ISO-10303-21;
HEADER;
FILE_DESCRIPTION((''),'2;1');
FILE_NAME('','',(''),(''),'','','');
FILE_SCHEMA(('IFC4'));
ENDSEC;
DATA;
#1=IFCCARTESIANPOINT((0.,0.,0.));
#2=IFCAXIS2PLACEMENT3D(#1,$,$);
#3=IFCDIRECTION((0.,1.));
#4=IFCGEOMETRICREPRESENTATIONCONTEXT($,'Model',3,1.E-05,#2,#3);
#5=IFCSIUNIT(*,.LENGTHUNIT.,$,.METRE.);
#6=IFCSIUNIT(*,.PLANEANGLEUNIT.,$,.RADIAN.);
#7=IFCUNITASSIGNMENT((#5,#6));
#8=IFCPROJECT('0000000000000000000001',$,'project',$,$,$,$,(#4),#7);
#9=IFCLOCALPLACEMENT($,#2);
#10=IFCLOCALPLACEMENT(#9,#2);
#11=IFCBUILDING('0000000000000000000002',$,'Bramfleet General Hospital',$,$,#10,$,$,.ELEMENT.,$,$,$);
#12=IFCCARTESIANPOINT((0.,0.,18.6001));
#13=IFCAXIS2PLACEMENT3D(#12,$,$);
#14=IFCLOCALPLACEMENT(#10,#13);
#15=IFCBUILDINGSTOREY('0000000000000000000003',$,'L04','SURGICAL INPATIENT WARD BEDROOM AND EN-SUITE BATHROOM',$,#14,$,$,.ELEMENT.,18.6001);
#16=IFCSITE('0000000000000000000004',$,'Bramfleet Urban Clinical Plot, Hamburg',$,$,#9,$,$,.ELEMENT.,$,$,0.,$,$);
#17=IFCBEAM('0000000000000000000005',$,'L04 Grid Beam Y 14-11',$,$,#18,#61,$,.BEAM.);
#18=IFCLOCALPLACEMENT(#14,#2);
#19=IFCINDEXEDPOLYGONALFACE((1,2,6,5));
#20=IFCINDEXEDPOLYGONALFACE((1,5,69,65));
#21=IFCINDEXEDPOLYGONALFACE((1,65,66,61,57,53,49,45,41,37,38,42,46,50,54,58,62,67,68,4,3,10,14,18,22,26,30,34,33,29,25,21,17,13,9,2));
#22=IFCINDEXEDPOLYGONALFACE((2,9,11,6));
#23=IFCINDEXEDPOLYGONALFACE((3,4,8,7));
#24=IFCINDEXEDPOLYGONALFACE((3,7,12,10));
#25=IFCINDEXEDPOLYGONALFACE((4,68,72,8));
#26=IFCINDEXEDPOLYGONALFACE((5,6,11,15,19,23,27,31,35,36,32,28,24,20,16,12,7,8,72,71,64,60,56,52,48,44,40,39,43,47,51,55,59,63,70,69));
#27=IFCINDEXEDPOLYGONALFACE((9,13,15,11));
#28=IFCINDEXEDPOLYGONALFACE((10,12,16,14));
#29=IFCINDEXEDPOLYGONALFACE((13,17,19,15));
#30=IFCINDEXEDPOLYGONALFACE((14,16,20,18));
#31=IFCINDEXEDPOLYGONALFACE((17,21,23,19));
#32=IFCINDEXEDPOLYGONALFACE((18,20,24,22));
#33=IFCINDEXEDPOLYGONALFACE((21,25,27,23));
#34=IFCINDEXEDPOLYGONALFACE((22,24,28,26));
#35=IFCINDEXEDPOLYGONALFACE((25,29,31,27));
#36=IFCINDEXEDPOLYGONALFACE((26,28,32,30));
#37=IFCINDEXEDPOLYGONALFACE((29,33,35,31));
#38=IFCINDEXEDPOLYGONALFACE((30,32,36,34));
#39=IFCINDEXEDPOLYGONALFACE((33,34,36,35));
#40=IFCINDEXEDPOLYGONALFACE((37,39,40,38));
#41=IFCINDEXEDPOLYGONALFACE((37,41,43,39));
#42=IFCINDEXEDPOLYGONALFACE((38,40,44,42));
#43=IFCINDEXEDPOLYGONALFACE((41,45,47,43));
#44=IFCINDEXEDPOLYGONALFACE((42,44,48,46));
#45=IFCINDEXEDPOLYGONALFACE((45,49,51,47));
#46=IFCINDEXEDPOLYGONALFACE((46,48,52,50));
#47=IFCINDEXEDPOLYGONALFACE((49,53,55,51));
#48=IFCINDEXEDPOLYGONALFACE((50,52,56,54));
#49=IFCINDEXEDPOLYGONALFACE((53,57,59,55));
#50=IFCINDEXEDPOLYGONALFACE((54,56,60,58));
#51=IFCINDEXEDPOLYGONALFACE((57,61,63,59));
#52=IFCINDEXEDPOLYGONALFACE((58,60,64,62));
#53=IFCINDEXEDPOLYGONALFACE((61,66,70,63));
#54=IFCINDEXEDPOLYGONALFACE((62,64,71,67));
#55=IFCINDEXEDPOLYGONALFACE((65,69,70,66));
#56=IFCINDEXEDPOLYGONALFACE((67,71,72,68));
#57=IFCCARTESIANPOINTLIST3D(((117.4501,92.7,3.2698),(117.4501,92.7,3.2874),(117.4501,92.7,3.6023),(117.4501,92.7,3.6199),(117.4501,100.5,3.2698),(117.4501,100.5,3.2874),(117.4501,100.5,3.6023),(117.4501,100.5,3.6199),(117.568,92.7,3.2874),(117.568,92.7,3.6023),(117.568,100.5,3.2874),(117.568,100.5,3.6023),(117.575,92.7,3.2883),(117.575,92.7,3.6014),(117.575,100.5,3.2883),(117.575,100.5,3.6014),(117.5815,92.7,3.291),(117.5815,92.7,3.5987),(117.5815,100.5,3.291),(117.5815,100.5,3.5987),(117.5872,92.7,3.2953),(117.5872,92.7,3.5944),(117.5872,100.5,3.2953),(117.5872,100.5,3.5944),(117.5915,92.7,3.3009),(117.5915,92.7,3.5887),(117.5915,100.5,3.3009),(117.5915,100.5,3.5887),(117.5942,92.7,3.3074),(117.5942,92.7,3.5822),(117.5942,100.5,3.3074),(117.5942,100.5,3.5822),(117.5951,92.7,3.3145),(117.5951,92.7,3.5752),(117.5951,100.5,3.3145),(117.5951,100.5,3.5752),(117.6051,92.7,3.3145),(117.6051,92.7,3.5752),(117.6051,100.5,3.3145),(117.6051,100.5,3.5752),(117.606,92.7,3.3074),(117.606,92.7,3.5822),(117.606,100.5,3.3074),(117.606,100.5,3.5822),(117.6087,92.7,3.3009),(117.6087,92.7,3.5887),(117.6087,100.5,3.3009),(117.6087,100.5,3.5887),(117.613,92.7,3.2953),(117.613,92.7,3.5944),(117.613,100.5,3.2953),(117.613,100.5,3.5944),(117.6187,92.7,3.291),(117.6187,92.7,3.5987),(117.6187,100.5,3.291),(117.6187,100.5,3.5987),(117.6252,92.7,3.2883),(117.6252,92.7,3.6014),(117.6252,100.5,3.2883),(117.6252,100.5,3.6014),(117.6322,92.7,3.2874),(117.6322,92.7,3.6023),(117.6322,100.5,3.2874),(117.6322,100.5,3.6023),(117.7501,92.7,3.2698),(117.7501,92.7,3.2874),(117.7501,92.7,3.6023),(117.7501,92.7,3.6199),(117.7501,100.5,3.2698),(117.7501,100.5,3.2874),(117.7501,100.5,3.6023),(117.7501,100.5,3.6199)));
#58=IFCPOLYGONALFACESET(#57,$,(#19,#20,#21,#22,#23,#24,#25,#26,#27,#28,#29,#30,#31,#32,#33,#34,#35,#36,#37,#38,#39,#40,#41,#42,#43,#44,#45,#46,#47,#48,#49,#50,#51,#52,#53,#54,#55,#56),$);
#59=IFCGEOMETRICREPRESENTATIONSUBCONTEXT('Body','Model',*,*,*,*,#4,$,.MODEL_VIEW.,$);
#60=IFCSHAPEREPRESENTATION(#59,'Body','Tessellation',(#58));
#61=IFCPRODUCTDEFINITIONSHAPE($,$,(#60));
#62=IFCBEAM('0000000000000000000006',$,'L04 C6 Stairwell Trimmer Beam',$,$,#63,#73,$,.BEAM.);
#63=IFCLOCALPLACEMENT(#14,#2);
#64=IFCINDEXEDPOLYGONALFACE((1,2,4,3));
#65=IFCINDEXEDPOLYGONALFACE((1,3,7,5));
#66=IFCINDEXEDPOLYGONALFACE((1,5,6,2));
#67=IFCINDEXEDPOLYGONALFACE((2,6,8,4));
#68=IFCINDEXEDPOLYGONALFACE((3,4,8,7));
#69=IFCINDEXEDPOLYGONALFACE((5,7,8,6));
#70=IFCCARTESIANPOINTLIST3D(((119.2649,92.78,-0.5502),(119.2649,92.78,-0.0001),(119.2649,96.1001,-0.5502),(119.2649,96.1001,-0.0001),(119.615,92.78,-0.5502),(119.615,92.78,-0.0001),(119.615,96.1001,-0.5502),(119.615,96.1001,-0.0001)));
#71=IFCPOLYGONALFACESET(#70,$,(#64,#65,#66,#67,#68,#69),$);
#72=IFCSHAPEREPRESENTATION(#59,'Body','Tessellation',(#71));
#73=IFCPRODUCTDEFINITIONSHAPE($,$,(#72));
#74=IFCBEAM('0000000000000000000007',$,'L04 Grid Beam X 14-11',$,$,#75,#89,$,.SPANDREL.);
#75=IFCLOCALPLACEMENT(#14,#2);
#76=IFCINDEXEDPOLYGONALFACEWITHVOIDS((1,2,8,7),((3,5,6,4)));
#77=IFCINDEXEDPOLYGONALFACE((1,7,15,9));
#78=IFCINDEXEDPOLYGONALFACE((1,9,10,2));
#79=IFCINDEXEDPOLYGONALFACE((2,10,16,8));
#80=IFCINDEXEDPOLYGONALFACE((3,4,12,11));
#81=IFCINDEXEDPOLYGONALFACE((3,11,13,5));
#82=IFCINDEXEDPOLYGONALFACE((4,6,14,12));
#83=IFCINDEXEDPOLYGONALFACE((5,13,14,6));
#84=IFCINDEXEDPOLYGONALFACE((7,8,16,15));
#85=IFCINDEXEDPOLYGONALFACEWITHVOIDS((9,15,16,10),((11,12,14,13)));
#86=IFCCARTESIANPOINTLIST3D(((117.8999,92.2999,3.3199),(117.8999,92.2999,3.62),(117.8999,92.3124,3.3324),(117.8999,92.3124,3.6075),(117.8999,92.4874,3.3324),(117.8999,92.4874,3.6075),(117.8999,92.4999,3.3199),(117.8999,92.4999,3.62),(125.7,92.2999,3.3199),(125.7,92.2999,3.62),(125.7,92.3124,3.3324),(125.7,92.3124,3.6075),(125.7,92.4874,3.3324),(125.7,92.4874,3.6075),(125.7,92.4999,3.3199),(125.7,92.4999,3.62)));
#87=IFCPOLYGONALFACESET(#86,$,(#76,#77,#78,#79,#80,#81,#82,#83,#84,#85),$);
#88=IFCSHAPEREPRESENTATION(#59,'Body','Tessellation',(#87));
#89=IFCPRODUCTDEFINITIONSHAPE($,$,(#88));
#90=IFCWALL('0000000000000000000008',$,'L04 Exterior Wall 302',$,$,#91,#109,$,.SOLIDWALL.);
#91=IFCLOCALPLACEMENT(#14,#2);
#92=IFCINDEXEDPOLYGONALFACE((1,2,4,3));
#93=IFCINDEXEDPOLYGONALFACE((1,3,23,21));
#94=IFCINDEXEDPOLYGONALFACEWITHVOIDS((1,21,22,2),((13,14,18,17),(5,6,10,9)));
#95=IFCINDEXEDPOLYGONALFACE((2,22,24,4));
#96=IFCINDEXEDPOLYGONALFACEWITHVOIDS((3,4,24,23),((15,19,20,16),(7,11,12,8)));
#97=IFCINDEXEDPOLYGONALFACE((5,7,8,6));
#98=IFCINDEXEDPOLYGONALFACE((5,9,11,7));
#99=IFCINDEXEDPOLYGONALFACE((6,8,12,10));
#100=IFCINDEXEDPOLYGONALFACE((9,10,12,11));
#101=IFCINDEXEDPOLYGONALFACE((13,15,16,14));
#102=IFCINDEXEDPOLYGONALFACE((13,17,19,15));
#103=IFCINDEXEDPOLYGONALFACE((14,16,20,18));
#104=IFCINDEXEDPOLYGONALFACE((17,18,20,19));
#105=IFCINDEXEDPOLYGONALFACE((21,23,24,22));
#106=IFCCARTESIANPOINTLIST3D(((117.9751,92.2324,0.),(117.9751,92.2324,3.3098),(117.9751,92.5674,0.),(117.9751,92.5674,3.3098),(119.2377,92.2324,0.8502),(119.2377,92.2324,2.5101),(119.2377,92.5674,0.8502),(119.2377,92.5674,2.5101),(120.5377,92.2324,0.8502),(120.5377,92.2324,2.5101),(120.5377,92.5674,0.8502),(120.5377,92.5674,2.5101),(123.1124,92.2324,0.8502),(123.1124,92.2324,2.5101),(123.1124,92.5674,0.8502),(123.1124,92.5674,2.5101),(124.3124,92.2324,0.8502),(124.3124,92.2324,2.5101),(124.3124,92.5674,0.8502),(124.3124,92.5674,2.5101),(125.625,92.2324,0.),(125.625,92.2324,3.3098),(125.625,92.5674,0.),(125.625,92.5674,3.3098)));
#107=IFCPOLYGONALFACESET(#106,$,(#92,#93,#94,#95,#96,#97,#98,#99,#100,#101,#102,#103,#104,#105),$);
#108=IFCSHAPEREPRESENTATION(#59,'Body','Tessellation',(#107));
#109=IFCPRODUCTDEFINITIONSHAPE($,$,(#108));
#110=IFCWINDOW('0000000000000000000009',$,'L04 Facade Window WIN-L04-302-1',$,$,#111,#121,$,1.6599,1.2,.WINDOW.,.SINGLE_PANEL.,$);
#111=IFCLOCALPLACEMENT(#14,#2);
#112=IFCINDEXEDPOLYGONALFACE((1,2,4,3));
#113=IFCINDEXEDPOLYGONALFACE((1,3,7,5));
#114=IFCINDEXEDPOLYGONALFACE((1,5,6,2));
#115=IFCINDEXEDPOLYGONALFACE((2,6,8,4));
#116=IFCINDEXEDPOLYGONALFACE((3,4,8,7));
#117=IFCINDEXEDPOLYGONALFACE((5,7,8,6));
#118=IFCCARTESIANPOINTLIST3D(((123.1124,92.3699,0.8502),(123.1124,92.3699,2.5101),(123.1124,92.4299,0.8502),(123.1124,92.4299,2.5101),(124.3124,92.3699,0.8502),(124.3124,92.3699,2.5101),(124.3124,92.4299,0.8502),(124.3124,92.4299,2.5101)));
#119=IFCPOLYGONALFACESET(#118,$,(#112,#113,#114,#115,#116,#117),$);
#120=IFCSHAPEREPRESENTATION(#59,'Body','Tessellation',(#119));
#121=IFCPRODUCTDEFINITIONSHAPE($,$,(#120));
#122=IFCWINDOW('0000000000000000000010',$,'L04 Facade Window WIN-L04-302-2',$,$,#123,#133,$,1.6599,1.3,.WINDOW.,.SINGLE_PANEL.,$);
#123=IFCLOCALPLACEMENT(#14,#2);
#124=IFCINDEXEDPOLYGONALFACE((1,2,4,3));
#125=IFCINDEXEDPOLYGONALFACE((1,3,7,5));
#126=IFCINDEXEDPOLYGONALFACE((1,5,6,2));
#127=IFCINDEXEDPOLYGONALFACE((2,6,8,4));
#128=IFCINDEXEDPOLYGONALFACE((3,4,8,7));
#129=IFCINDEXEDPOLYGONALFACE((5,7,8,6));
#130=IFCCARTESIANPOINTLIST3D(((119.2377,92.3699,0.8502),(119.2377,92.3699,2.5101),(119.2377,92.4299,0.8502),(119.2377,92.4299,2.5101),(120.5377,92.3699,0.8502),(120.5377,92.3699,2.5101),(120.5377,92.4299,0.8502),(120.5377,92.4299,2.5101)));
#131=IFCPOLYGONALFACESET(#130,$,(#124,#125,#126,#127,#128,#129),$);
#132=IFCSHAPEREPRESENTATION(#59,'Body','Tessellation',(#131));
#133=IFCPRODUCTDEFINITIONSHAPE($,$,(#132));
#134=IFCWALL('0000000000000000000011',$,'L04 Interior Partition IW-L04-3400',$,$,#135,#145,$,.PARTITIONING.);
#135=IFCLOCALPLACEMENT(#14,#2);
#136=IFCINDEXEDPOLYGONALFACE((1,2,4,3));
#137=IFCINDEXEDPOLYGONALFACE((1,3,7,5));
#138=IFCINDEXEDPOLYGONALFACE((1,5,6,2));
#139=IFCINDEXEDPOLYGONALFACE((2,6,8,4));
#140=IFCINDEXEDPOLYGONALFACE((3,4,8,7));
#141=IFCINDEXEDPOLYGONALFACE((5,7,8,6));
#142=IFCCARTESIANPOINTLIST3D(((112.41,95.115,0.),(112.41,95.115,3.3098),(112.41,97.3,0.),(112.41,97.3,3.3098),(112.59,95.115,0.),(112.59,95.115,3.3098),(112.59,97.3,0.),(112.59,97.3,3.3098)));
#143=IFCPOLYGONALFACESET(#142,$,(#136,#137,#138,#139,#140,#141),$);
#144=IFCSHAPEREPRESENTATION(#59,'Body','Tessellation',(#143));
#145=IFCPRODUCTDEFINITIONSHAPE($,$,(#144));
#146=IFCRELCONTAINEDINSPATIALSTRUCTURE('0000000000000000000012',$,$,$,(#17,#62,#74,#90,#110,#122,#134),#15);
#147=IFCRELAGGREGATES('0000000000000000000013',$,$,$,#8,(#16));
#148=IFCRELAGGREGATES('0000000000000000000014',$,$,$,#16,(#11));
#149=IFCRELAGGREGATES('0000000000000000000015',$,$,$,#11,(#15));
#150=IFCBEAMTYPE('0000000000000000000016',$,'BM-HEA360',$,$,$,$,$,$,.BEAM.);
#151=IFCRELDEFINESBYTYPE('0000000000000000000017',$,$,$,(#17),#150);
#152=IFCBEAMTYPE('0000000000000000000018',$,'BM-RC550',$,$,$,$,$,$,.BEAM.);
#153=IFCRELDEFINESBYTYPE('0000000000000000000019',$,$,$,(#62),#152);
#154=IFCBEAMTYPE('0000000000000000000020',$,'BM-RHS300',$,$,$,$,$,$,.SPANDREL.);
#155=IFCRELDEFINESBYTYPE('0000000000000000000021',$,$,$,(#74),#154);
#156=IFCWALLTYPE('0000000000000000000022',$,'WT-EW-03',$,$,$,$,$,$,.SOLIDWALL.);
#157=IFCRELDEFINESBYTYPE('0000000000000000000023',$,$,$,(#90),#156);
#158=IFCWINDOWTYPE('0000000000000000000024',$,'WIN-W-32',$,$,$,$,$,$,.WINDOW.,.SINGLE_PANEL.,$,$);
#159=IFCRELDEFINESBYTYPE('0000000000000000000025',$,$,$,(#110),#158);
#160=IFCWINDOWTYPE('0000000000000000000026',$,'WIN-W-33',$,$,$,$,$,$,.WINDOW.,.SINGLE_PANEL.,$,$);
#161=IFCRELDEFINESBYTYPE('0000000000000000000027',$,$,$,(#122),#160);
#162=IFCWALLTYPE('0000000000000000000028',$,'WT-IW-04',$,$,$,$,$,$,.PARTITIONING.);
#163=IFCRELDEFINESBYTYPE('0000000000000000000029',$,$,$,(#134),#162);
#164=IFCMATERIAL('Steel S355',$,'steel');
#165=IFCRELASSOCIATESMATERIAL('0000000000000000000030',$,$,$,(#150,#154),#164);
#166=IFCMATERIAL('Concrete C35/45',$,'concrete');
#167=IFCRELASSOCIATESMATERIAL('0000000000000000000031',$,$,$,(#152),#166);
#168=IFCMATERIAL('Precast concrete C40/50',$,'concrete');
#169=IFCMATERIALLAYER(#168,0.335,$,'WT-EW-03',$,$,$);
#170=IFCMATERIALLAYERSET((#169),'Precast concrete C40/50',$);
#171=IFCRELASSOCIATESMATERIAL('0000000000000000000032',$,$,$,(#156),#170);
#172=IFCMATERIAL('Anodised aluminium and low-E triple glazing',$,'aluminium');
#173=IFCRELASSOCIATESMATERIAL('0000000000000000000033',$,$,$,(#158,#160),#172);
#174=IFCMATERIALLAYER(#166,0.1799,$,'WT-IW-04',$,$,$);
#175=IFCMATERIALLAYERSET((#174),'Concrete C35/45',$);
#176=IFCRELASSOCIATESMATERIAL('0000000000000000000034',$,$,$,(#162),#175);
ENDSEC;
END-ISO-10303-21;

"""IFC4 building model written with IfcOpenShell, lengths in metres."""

from ifc_helpers import new_model, si_unit, direction, frame, frame_2d, origin, origin_2d, place, context, subcontext, project, spatial, rectangle, hollow_rectangle, i_section, extrude, material, layer, layer_set, material_profile, profile_set, type_object, element, fill, save


model = new_model("IFC4")

# Units and contexts
model_context = context("Model", 3, precision=1e-05, world=origin(), true_north=direction((0.0, 1.0)))
body_context = subcontext(model_context, "Body", "Model", "MODEL_VIEW")
ifc_project = project(units=[si_unit("LENGTHUNIT", "METRE"), si_unit("PLANEANGLEUNIT", "RADIAN")], contexts=[model_context])

# Site, building, storey
site_placement = place(None, origin())
site = spatial("IfcSite", under=ifc_project, at=site_placement, Name="Bramfleet Urban Clinical Plot, Hamburg", CompositionType="ELEMENT", RefElevation=0.0)
building_placement = place(site_placement, origin())
building = spatial("IfcBuilding", under=site, at=building_placement, Name="Bramfleet General Hospital", CompositionType="ELEMENT")
storey_placement = place(building_placement, frame((0.0, 0.0, 18.6001)))
storey = spatial("IfcBuildingStorey", under=building, at=storey_placement, Name="L04", Description="SURGICAL INPATIENT WARD BEDROOM AND EN-SUITE BATHROOM", CompositionType="ELEMENT", Elevation=18.6001)

# Beams
ifc_material_1 = material(Name="Steel S355", Category="steel")
ifc_material_profile_1 = material_profile(ifc_material_1, i_section(OverallWidth=0.3, OverallDepth=0.3501, WebThickness=0.01, FlangeThickness=0.0176, FilletRadius=0.0271, at=origin_2d()), Name="HEA 360")
ifc_profile_set_1 = profile_set([ifc_material_profile_1], Name="Steel S355")
beam_type_1 = type_object("IfcBeamType", Name="BM-HEA360", PredefinedType="BEAM", material=ifc_profile_set_1)
beam_1_placement = place(storey_placement, frame((117.6001, 92.7, 3.4448), z_axis=(0.0, 1.0, 0.0), x_axis=(-1.0, 0.0, 0.0)))
element("IfcBeam", 1, at=beam_1_placement, inside=storey, type_object=beam_type_1, Name="L04 Grid Beam Y 14-11", PredefinedType="BEAM", context=body_context, shape_type="SweptSolid", body=[
    extrude(i_section(OverallWidth=0.3, OverallDepth=0.3501, WebThickness=0.01, FlangeThickness=0.0176, FilletRadius=0.0271, at=origin_2d()), origin(), (0.0, 0.0, 1.0), 7.8),
])
ifc_material_2 = material(Name="Concrete C35/45", Category="concrete")
ifc_material_profile_2 = material_profile(ifc_material_2, rectangle(XDim=0.3501, YDim=0.55, at=origin_2d()), Name="RC BM 550x350")
ifc_profile_set_2 = profile_set([ifc_material_profile_2], Name="Concrete C35/45")
beam_type_2 = type_object("IfcBeamType", Name="BM-RC550", PredefinedType="BEAM", material=ifc_profile_set_2)
beam_2_placement = place(storey_placement, frame((119.4399, 92.78, -0.2751), z_axis=(0.0, 1.0, 0.0), x_axis=(-1.0, 0.0, 0.0)))
element("IfcBeam", 2, at=beam_2_placement, inside=storey, type_object=beam_type_2, Name="L04 C6 Stairwell Trimmer Beam", PredefinedType="BEAM", context=body_context, shape_type="SweptSolid", body=[
    extrude(rectangle(XDim=0.3501, YDim=0.55, at=origin_2d()), origin(), (0.0, 0.0, 1.0), 3.3201),
])
ifc_material_profile_3 = material_profile(ifc_material_1, hollow_rectangle(XDim=0.2, YDim=0.3, WallThickness=0.0125, at=origin_2d()), Name="RHS 300x200x12.5")
ifc_profile_set_3 = profile_set([ifc_material_profile_3], Name="Steel S355")
beam_type_3 = type_object("IfcBeamType", Name="BM-RHS300", PredefinedType="SPANDREL", material=ifc_profile_set_3)
beam_3_placement = place(storey_placement, frame((117.8999, 92.3999, 3.47), z_axis=(1.0, 0.0, 0.0), x_axis=(0.0, 1.0, 0.0)))
element("IfcBeam", 3, at=beam_3_placement, inside=storey, type_object=beam_type_3, Name="L04 Grid Beam X 14-11", PredefinedType="SPANDREL", context=body_context, shape_type="SweptSolid", body=[
    extrude(hollow_rectangle(XDim=0.2, YDim=0.3, WallThickness=0.0125, at=origin_2d()), origin(), (0.0, 0.0, 1.0), 7.8),
])

# Wall, openings, windows
ifc_material_3 = material(Name="Precast concrete C40/50", Category="concrete")
ifc_layer_1 = layer(ifc_material_3, 0.335, Name="WT-EW-03")
ifc_layer_set_1 = layer_set([ifc_layer_1], Name="Precast concrete C40/50")
wall_type_1 = type_object("IfcWallType", Name="WT-EW-03", PredefinedType="SOLIDWALL", material=ifc_layer_set_1)
wall_1_placement = place(storey_placement, frame((125.625, 92.3999, 0.0), z_axis=(0.0, 0.0, 1.0), x_axis=(-1.0, 0.0, 0.0)))
wall_1 = element("IfcWall", 4, at=wall_1_placement, inside=storey, type_object=wall_type_1, Name="L04 Exterior Wall 302", PredefinedType="SOLIDWALL", context=body_context, shape_type="SweptSolid", body=[
    extrude(rectangle(XDim=7.6499, YDim=0.335, at=frame_2d((3.825, 0.0))), origin(), (0.0, 0.0, 1.0), 3.3098),
])
opening_1_placement = place(wall_1_placement, frame((1.3125, 0.0, 0.8501)))
opening_1 = element("IfcOpeningElement", 5, at=opening_1_placement, cuts=wall_1, PredefinedType="OPENING", context=body_context, shape_type="SweptSolid", body=[
    extrude(rectangle(XDim=1.2, YDim=1.6599, at=frame_2d((0.6001, 0.8301))), frame((0.0, 0.1775, 0.0), z_axis=(0.0, -1.0, 0.0), x_axis=(1.0, 0.0, 0.0)), (0.0, 0.0, 1.0), 0.355),
])
opening_2_placement = place(wall_1_placement, frame((5.0874, 0.0, 0.8501)))
opening_2 = element("IfcOpeningElement", 6, at=opening_2_placement, cuts=wall_1, PredefinedType="OPENING", context=body_context, shape_type="SweptSolid", body=[
    extrude(rectangle(XDim=1.3, YDim=1.6599, at=frame_2d((0.6499, 0.8301))), frame((0.0, 0.1775, 0.0), z_axis=(0.0, -1.0, 0.0), x_axis=(1.0, 0.0, 0.0)), (0.0, 0.0, 1.0), 0.355),
])
ifc_material_4 = material(Name="Anodised aluminium and low-E triple glazing", Category="aluminium")
window_type_1 = type_object("IfcWindowType", Name="WIN-W-32", PartitioningType="SINGLE_PANEL", PredefinedType="WINDOW", material=ifc_material_4)
window_1_placement = place(opening_1_placement, origin())
window_1 = element("IfcWindow", 7, at=window_1_placement, inside=storey, type_object=window_type_1, Name="L04 Facade Window WIN-L04-302-1", OverallHeight=1.6599, OverallWidth=1.2, PartitioningType="SINGLE_PANEL", PredefinedType="WINDOW", context=body_context, shape_type="SweptSolid", body=[
    extrude(rectangle(XDim=1.2, YDim=1.6599, at=frame_2d((0.6001, 0.8301))), frame((0.0, 0.03, 0.0), z_axis=(0.0, -1.0, 0.0), x_axis=(1.0, 0.0, 0.0)), (0.0, 0.0, 1.0), 0.0601),
])
fill(opening_1, window_1)
window_type_2 = type_object("IfcWindowType", Name="WIN-W-33", PartitioningType="SINGLE_PANEL", PredefinedType="WINDOW", material=ifc_material_4)
window_2_placement = place(opening_2_placement, origin())
window_2 = element("IfcWindow", 8, at=window_2_placement, inside=storey, type_object=window_type_2, Name="L04 Facade Window WIN-L04-302-2", OverallHeight=1.6599, OverallWidth=1.3, PartitioningType="SINGLE_PANEL", PredefinedType="WINDOW", context=body_context, shape_type="SweptSolid", body=[
    extrude(rectangle(XDim=1.3, YDim=1.6599, at=frame_2d((0.6499, 0.8301))), frame((0.0, 0.03, 0.0), z_axis=(0.0, -1.0, 0.0), x_axis=(1.0, 0.0, 0.0)), (0.0, 0.0, 1.0), 0.0601),
])
fill(opening_2, window_2)

# Wall
ifc_layer_2 = layer(ifc_material_2, 0.1799, Name="WT-IW-04")
ifc_layer_set_2 = layer_set([ifc_layer_2], Name="Concrete C35/45")
wall_type_2 = type_object("IfcWallType", Name="WT-IW-04", PredefinedType="PARTITIONING", material=ifc_layer_set_2)
wall_2_placement = place(storey_placement, frame((112.5, 95.115, 0.0), z_axis=(0.0, 0.0, 1.0), x_axis=(0.0, 1.0, 0.0)))
element("IfcWall", 9, at=wall_2_placement, inside=storey, type_object=wall_type_2, Name="L04 Interior Partition IW-L04-3400", PredefinedType="PARTITIONING", context=body_context, shape_type="SweptSolid", body=[
    extrude(rectangle(XDim=2.1851, YDim=0.1799, at=frame_2d((1.0925, 0.0))), origin(), (0.0, 0.0, 1.0), 3.3098),
])

save(model, "model.ifc")
